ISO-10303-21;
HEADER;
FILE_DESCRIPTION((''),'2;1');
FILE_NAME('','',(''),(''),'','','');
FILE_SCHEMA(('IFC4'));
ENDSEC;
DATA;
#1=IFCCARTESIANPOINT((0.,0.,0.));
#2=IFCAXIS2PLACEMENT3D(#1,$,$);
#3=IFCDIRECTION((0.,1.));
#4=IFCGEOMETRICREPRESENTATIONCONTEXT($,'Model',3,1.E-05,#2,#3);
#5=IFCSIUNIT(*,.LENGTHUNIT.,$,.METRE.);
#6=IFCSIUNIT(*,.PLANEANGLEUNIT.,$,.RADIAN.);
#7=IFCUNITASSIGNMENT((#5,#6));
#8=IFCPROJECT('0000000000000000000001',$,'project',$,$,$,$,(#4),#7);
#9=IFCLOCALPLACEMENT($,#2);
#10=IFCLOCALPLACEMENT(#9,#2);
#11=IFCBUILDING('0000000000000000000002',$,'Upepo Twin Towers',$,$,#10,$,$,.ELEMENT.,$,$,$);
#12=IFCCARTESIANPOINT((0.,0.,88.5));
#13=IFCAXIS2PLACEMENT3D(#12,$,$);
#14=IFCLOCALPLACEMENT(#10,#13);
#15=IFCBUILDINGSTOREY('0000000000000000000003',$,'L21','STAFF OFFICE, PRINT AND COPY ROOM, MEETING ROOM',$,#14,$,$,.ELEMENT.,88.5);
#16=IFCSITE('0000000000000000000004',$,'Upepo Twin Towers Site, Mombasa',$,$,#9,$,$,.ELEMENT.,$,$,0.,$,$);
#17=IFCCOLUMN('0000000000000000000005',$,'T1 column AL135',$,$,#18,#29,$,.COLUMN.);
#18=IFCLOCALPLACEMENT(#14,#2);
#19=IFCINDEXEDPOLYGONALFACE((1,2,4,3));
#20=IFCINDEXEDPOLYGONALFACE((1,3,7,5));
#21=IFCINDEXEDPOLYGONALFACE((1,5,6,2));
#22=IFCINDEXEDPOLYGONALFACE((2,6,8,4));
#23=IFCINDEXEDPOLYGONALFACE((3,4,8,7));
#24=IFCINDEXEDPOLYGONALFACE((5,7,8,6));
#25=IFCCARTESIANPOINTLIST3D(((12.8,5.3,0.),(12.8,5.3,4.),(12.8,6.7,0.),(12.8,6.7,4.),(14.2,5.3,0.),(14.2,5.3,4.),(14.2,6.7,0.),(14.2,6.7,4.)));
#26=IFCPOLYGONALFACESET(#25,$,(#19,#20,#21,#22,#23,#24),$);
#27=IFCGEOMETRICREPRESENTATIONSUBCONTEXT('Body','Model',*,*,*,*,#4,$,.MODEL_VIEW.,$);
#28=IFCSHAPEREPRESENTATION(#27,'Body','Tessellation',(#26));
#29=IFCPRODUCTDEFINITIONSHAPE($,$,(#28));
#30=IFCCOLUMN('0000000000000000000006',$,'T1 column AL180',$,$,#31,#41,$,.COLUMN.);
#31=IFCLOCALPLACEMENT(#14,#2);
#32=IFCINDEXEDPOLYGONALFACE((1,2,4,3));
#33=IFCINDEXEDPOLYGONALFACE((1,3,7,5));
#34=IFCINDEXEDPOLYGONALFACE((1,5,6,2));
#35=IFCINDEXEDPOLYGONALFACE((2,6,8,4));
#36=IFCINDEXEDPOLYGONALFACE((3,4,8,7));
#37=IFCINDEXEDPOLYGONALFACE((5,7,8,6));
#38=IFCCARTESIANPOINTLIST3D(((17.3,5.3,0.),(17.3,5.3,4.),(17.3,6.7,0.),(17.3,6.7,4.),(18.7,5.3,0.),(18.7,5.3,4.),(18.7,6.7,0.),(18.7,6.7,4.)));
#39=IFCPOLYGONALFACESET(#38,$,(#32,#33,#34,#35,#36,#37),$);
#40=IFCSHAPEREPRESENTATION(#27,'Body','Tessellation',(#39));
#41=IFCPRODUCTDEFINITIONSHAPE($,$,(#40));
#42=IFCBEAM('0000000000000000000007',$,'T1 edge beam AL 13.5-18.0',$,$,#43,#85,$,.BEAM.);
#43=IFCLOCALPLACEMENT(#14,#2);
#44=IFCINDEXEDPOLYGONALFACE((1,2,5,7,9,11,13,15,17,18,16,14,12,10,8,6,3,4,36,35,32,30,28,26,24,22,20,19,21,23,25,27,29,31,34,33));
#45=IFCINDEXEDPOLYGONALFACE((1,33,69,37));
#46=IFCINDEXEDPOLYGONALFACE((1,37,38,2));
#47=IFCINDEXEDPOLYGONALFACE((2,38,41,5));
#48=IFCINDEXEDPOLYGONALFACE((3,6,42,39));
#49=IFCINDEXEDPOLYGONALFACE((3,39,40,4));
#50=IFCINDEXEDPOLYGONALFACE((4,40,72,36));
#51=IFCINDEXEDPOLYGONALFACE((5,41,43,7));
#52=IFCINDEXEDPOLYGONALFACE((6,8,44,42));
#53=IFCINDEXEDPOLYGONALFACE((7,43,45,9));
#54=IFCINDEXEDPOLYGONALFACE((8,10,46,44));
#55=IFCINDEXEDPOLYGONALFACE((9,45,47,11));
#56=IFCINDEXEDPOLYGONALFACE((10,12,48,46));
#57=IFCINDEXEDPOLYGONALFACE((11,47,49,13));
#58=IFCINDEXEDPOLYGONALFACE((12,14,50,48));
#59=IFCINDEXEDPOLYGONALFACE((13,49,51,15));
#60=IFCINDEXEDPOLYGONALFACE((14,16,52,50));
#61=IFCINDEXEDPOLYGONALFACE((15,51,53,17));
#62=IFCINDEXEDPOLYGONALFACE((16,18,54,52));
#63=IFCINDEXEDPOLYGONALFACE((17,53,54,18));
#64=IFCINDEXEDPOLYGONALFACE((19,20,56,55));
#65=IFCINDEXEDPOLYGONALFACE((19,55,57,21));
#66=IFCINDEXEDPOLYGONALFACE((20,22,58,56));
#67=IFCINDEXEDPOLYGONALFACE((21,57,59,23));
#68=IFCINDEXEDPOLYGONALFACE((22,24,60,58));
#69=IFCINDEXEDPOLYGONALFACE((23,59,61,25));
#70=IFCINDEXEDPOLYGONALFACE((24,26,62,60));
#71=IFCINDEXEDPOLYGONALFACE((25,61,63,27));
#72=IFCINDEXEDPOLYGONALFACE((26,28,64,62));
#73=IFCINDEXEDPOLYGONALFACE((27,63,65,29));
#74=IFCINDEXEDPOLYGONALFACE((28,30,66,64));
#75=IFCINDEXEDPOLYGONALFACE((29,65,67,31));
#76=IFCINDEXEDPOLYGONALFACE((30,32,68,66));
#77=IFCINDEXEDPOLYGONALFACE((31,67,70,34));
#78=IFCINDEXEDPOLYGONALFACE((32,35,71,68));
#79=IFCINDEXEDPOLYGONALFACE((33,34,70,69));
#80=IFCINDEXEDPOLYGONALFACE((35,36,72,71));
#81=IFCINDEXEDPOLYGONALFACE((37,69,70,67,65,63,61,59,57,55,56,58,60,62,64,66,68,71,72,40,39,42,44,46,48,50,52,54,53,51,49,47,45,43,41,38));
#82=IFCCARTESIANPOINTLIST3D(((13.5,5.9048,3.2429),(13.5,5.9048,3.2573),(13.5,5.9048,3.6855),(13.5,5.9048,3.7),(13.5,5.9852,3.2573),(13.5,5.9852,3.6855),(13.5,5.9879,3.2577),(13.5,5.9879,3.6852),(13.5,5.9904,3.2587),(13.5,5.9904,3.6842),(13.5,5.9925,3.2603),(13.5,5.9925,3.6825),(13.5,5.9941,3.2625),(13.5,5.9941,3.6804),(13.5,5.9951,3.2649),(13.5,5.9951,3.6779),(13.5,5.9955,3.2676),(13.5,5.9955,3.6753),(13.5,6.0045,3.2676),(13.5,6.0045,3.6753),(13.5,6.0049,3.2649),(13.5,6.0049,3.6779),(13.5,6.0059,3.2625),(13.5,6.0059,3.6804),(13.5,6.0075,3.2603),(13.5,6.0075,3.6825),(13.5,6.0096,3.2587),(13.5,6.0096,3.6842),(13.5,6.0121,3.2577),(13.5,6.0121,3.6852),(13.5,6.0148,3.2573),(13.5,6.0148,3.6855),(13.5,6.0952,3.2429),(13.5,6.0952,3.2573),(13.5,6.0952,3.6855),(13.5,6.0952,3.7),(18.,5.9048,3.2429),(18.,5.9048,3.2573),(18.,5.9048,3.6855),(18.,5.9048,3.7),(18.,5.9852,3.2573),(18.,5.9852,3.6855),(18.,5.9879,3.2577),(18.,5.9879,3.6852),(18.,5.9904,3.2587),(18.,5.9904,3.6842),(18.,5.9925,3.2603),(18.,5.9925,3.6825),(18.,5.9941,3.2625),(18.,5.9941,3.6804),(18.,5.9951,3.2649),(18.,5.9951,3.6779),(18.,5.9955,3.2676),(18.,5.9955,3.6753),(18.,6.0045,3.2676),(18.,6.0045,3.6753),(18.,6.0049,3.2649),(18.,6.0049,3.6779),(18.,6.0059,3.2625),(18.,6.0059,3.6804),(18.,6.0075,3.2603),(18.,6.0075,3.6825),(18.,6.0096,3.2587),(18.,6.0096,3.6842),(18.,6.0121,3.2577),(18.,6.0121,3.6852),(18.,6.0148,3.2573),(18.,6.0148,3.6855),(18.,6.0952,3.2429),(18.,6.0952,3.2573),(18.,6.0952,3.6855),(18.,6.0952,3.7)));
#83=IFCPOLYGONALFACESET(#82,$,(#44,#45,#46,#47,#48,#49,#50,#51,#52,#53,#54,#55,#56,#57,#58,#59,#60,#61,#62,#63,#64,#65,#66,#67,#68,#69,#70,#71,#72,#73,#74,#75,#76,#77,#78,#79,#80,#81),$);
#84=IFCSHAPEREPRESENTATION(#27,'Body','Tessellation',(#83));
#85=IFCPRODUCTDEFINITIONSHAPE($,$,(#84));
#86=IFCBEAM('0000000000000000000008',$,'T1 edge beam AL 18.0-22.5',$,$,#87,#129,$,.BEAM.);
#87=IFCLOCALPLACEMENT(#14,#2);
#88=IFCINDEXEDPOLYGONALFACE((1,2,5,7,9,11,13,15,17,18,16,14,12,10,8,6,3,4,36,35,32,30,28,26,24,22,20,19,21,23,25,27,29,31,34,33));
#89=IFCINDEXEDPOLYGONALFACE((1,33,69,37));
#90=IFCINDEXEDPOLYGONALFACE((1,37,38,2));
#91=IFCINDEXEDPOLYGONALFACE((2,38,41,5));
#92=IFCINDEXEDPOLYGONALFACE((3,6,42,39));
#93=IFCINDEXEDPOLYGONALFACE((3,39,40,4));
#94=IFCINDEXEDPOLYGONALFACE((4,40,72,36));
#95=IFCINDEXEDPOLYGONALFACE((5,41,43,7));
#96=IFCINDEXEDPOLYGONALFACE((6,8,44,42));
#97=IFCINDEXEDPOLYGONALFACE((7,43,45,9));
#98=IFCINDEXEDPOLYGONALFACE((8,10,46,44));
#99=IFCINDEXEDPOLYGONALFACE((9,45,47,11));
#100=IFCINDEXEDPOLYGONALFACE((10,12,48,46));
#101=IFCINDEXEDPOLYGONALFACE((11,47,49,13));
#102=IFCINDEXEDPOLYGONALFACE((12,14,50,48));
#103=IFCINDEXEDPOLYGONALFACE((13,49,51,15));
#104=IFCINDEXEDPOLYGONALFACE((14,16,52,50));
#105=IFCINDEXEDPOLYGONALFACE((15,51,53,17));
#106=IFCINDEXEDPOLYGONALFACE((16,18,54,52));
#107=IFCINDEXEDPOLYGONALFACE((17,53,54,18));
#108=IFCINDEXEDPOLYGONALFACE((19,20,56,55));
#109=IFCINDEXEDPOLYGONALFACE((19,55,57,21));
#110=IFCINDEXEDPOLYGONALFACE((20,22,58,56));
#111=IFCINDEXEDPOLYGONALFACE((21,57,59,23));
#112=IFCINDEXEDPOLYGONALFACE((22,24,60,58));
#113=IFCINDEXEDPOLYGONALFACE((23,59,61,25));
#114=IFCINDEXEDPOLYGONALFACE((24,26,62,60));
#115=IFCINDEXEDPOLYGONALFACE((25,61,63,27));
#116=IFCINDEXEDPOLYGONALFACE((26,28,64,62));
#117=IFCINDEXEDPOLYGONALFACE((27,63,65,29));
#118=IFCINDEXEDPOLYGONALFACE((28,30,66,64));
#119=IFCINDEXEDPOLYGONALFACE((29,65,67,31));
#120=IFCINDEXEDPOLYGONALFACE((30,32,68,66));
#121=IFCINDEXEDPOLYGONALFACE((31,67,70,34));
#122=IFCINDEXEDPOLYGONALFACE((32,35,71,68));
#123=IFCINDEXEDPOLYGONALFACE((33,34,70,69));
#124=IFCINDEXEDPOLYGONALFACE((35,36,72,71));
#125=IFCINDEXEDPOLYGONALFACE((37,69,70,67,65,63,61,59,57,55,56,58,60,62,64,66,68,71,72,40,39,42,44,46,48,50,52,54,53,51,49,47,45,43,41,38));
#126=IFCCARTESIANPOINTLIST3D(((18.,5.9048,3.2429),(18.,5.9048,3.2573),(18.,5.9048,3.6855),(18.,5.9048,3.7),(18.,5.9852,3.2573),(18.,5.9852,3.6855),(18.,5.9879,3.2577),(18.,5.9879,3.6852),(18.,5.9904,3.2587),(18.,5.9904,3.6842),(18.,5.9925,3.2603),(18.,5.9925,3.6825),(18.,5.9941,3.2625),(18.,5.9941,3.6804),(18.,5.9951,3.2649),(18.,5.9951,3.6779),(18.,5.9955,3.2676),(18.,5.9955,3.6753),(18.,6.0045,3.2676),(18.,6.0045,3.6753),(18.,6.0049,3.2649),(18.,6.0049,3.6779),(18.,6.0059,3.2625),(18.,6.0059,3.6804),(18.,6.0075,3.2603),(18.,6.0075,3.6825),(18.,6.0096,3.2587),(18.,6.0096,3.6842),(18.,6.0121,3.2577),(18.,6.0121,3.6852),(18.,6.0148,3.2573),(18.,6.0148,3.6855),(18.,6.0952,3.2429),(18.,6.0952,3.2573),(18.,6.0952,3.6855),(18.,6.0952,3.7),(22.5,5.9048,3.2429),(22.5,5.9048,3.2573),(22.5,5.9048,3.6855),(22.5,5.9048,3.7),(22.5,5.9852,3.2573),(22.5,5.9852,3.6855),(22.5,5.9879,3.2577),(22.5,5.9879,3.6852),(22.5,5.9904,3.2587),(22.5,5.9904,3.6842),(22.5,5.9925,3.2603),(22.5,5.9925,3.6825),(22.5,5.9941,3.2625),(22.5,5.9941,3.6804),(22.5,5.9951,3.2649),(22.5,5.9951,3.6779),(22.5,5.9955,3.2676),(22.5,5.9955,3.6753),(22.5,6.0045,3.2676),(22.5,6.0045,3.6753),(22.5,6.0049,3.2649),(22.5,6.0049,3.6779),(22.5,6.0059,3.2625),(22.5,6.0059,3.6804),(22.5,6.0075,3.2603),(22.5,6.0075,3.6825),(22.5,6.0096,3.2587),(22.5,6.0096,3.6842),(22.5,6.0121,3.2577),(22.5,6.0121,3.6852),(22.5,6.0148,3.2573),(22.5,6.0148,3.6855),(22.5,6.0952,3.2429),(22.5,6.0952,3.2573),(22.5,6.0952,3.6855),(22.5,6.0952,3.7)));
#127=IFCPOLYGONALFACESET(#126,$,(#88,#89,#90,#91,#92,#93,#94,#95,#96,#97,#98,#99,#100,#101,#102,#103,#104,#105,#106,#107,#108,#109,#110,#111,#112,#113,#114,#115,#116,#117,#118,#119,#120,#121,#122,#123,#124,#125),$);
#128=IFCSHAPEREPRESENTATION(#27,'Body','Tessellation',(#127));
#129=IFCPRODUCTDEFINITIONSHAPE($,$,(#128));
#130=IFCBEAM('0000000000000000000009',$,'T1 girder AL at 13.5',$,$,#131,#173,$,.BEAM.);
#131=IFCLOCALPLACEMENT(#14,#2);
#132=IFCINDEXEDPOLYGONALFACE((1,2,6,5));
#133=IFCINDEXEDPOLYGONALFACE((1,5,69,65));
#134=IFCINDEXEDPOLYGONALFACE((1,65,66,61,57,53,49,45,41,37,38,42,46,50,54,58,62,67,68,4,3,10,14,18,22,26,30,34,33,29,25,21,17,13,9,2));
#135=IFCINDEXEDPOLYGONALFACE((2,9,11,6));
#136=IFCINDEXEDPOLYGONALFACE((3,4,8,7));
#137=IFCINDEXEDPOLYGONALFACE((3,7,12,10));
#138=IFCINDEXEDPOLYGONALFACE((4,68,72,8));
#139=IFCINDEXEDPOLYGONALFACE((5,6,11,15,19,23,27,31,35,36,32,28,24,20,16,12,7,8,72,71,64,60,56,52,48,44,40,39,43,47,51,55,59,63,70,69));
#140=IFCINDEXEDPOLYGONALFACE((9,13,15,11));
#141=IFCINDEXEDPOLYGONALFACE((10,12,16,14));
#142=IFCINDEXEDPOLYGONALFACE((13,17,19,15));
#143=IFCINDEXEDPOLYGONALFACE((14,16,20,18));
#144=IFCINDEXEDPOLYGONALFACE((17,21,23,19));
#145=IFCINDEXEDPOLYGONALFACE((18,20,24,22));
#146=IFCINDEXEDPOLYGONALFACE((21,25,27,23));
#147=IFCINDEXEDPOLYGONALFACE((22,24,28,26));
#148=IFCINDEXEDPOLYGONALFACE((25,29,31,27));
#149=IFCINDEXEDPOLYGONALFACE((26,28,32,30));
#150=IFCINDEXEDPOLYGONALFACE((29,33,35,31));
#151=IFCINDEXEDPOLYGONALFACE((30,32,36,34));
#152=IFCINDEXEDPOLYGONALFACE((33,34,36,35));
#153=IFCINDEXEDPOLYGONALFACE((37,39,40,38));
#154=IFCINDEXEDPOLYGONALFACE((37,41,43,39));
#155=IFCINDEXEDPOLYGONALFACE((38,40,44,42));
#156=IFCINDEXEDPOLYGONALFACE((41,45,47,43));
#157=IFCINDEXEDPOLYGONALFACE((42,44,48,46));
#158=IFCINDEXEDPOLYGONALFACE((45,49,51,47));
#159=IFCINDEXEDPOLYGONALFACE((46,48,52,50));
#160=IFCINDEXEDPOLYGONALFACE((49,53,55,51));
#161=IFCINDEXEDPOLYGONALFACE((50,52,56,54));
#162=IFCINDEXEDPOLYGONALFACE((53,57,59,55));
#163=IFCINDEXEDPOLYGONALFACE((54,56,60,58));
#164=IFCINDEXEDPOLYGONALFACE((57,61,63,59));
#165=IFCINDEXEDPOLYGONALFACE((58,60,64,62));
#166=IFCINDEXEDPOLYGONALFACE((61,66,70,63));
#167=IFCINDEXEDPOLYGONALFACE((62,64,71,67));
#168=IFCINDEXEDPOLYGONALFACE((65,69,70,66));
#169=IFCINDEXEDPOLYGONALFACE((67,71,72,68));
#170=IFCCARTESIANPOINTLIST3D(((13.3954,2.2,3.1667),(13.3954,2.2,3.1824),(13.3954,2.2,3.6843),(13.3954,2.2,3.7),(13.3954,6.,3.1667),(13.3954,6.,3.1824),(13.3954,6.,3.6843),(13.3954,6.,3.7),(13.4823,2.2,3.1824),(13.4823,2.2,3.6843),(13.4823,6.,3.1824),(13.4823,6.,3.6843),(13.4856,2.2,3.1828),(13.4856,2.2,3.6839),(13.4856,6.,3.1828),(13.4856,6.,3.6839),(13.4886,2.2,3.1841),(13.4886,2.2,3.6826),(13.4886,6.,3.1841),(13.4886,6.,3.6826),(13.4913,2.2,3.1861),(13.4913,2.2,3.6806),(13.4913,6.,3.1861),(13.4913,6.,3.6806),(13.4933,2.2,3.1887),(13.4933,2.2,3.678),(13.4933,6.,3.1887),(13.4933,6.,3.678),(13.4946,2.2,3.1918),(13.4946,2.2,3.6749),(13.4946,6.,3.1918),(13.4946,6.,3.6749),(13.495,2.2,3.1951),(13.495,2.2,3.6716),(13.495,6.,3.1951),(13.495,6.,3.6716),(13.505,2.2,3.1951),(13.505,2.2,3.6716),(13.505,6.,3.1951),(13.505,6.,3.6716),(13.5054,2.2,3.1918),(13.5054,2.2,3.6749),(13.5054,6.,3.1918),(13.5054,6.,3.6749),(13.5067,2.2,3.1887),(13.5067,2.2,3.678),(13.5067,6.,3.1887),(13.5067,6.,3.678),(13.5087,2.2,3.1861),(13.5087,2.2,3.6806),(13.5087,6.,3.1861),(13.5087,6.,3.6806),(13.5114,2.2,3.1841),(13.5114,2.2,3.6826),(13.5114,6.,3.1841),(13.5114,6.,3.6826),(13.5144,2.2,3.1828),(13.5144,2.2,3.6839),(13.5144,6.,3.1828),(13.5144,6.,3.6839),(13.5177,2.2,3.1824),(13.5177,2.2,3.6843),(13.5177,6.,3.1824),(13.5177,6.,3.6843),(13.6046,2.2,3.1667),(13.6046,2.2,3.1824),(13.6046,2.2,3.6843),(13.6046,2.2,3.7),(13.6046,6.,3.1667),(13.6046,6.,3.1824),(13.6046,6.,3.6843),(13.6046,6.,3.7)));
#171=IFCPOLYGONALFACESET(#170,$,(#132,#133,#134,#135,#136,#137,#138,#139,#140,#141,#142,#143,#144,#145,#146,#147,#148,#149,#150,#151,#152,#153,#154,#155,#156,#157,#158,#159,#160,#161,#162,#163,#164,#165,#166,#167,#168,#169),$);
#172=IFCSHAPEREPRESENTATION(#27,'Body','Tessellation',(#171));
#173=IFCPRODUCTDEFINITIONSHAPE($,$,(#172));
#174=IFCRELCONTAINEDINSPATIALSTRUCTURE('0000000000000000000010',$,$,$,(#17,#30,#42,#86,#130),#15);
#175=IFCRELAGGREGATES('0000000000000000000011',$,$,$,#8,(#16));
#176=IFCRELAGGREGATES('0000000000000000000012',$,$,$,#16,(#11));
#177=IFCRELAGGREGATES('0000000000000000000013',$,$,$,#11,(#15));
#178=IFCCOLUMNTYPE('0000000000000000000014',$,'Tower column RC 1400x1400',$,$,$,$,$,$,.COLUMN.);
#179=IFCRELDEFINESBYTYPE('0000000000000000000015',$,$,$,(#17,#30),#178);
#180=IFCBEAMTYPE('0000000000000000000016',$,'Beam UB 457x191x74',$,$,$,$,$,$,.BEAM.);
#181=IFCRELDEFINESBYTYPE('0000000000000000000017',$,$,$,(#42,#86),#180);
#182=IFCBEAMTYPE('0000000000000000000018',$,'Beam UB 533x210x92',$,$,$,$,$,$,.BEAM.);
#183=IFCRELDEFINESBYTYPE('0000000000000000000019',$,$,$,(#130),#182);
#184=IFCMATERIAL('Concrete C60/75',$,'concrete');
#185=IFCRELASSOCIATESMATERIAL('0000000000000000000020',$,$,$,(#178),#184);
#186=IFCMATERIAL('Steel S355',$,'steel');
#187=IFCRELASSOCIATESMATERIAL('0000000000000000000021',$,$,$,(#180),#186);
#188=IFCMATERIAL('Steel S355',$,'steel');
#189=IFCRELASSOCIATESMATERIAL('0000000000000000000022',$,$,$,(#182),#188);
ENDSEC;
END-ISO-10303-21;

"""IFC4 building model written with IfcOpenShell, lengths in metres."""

from ifc_helpers import new_model, si_unit, direction, frame, origin, origin_2d, place, context, subcontext, project, spatial, rectangle, i_section, extrude, material, material_profile, profile_set, type_object, element, save


model = new_model("IFC4")

# Units and contexts
model_context = context("Model", 3, precision=1e-05, world=origin(), true_north=direction((0.0, 1.0)))
body_context = subcontext(model_context, "Body", "Model", "MODEL_VIEW")
ifc_project = project(units=[si_unit("LENGTHUNIT", "METRE"), si_unit("PLANEANGLEUNIT", "RADIAN")], contexts=[model_context])

# Site, building, storey
site_placement = place(None, origin())
site = spatial("IfcSite", under=ifc_project, at=site_placement, Name="Upepo Twin Towers Site, Mombasa", CompositionType="ELEMENT", RefElevation=0.0)
building_placement = place(site_placement, origin())
building = spatial("IfcBuilding", under=site, at=building_placement, Name="Upepo Twin Towers", CompositionType="ELEMENT")
storey_placement = place(building_placement, frame((0.0, 0.0, 88.5)))
storey = spatial("IfcBuildingStorey", under=building, at=storey_placement, Name="L21", Description="STAFF OFFICE, PRINT AND COPY ROOM, MEETING ROOM", CompositionType="ELEMENT", Elevation=88.5)

# Columns
ifc_material_1 = material(Name="Concrete C60/75", Category="concrete")
ifc_material_profile_1 = material_profile(ifc_material_1, rectangle(XDim=1.3999, YDim=1.3999, at=origin_2d()), Name="RC 1400x1400")
ifc_profile_set_1 = profile_set([ifc_material_profile_1], Name="Concrete C60/75")
column_type = type_object("IfcColumnType", Name="Tower column RC 1400x1400", PredefinedType="COLUMN", material=ifc_profile_set_1)
for number, where, z_axis, x_axis, name in (
    (1, (13.5, 6.0, 0.0), (0.0, 0.0, 1.0), (1.0, 0.0, 0.0), "T1 column AL135"),
    (2, (18.0, 6.0, 0.0), (0.0, 0.0, 1.0), (1.0, 0.0, 0.0), "T1 column AL180"),
):
    element("IfcColumn", number, at=place(storey_placement, frame(where, z_axis=z_axis, x_axis=x_axis)), inside=storey, type_object=column_type, Name=name, PredefinedType="COLUMN", context=body_context, shape_type="SweptSolid", body=[
        extrude(rectangle(XDim=1.3999, YDim=1.3999, at=origin_2d()), origin(), (0.0, 0.0, 1.0), 4.0),
    ])

# Beams
ifc_material_2 = material(Name="Steel S355", Category="steel")
ifc_material_profile_2 = material_profile(ifc_material_2, i_section(OverallWidth=0.1904, OverallDepth=0.457, WebThickness=0.009, FlangeThickness=0.0144, FilletRadius=0.0103, at=origin_2d()), Name="UB 457x191x74")
ifc_profile_set_2 = profile_set([ifc_material_profile_2], Name="Steel S355")
beam_type_1 = type_object("IfcBeamType", Name="Beam UB 457x191x74", PredefinedType="BEAM", material=ifc_profile_set_2)
for number, where, z_axis, x_axis, name in (
    (3, (13.5, 6.0, 3.4714), (1.0, 0.0, 0.0), (0.0, 1.0, 0.0), "T1 edge beam AL 13.5-18.0"),
    (4, (18.0, 6.0, 3.4714), (1.0, 0.0, 0.0), (0.0, 1.0, 0.0), "T1 edge beam AL 18.0-22.5"),
):
    element("IfcBeam", number, at=place(storey_placement, frame(where, z_axis=z_axis, x_axis=x_axis)), inside=storey, type_object=beam_type_1, Name=name, PredefinedType="BEAM", context=body_context, shape_type="SweptSolid", body=[
        extrude(i_section(OverallWidth=0.1904, OverallDepth=0.457, WebThickness=0.009, FlangeThickness=0.0144, FilletRadius=0.0103, at=origin_2d()), origin(), (0.0, 0.0, 1.0), 4.5),
    ])
ifc_material_3 = material(Name="Steel S355", Category="steel")
ifc_material_profile_3 = material_profile(ifc_material_3, i_section(OverallWidth=0.2092, OverallDepth=0.5332, WebThickness=0.01, FlangeThickness=0.0156, FilletRadius=0.0127, at=origin_2d()), Name="UB 533x210x92")
ifc_profile_set_3 = profile_set([ifc_material_profile_3], Name="Steel S355")
beam_type_2 = type_object("IfcBeamType", Name="Beam UB 533x210x92", PredefinedType="BEAM", material=ifc_profile_set_3)
for number, where, z_axis, x_axis, name in (
    (5, (13.5, 6.0, 3.4333), (0.0, -1.0, 0.0), (1.0, 0.0, 0.0), "T1 girder AL at 13.5"),
):
    element("IfcBeam", number, at=place(storey_placement, frame(where, z_axis=z_axis, x_axis=x_axis)), inside=storey, type_object=beam_type_2, Name=name, PredefinedType="BEAM", context=body_context, shape_type="SweptSolid", body=[
        extrude(i_section(OverallWidth=0.2092, OverallDepth=0.5332, WebThickness=0.01, FlangeThickness=0.0156, FilletRadius=0.0127, at=origin_2d()), origin(), (0.0, 0.0, 1.0), 3.8),
    ])

save(model, "model.ifc")
